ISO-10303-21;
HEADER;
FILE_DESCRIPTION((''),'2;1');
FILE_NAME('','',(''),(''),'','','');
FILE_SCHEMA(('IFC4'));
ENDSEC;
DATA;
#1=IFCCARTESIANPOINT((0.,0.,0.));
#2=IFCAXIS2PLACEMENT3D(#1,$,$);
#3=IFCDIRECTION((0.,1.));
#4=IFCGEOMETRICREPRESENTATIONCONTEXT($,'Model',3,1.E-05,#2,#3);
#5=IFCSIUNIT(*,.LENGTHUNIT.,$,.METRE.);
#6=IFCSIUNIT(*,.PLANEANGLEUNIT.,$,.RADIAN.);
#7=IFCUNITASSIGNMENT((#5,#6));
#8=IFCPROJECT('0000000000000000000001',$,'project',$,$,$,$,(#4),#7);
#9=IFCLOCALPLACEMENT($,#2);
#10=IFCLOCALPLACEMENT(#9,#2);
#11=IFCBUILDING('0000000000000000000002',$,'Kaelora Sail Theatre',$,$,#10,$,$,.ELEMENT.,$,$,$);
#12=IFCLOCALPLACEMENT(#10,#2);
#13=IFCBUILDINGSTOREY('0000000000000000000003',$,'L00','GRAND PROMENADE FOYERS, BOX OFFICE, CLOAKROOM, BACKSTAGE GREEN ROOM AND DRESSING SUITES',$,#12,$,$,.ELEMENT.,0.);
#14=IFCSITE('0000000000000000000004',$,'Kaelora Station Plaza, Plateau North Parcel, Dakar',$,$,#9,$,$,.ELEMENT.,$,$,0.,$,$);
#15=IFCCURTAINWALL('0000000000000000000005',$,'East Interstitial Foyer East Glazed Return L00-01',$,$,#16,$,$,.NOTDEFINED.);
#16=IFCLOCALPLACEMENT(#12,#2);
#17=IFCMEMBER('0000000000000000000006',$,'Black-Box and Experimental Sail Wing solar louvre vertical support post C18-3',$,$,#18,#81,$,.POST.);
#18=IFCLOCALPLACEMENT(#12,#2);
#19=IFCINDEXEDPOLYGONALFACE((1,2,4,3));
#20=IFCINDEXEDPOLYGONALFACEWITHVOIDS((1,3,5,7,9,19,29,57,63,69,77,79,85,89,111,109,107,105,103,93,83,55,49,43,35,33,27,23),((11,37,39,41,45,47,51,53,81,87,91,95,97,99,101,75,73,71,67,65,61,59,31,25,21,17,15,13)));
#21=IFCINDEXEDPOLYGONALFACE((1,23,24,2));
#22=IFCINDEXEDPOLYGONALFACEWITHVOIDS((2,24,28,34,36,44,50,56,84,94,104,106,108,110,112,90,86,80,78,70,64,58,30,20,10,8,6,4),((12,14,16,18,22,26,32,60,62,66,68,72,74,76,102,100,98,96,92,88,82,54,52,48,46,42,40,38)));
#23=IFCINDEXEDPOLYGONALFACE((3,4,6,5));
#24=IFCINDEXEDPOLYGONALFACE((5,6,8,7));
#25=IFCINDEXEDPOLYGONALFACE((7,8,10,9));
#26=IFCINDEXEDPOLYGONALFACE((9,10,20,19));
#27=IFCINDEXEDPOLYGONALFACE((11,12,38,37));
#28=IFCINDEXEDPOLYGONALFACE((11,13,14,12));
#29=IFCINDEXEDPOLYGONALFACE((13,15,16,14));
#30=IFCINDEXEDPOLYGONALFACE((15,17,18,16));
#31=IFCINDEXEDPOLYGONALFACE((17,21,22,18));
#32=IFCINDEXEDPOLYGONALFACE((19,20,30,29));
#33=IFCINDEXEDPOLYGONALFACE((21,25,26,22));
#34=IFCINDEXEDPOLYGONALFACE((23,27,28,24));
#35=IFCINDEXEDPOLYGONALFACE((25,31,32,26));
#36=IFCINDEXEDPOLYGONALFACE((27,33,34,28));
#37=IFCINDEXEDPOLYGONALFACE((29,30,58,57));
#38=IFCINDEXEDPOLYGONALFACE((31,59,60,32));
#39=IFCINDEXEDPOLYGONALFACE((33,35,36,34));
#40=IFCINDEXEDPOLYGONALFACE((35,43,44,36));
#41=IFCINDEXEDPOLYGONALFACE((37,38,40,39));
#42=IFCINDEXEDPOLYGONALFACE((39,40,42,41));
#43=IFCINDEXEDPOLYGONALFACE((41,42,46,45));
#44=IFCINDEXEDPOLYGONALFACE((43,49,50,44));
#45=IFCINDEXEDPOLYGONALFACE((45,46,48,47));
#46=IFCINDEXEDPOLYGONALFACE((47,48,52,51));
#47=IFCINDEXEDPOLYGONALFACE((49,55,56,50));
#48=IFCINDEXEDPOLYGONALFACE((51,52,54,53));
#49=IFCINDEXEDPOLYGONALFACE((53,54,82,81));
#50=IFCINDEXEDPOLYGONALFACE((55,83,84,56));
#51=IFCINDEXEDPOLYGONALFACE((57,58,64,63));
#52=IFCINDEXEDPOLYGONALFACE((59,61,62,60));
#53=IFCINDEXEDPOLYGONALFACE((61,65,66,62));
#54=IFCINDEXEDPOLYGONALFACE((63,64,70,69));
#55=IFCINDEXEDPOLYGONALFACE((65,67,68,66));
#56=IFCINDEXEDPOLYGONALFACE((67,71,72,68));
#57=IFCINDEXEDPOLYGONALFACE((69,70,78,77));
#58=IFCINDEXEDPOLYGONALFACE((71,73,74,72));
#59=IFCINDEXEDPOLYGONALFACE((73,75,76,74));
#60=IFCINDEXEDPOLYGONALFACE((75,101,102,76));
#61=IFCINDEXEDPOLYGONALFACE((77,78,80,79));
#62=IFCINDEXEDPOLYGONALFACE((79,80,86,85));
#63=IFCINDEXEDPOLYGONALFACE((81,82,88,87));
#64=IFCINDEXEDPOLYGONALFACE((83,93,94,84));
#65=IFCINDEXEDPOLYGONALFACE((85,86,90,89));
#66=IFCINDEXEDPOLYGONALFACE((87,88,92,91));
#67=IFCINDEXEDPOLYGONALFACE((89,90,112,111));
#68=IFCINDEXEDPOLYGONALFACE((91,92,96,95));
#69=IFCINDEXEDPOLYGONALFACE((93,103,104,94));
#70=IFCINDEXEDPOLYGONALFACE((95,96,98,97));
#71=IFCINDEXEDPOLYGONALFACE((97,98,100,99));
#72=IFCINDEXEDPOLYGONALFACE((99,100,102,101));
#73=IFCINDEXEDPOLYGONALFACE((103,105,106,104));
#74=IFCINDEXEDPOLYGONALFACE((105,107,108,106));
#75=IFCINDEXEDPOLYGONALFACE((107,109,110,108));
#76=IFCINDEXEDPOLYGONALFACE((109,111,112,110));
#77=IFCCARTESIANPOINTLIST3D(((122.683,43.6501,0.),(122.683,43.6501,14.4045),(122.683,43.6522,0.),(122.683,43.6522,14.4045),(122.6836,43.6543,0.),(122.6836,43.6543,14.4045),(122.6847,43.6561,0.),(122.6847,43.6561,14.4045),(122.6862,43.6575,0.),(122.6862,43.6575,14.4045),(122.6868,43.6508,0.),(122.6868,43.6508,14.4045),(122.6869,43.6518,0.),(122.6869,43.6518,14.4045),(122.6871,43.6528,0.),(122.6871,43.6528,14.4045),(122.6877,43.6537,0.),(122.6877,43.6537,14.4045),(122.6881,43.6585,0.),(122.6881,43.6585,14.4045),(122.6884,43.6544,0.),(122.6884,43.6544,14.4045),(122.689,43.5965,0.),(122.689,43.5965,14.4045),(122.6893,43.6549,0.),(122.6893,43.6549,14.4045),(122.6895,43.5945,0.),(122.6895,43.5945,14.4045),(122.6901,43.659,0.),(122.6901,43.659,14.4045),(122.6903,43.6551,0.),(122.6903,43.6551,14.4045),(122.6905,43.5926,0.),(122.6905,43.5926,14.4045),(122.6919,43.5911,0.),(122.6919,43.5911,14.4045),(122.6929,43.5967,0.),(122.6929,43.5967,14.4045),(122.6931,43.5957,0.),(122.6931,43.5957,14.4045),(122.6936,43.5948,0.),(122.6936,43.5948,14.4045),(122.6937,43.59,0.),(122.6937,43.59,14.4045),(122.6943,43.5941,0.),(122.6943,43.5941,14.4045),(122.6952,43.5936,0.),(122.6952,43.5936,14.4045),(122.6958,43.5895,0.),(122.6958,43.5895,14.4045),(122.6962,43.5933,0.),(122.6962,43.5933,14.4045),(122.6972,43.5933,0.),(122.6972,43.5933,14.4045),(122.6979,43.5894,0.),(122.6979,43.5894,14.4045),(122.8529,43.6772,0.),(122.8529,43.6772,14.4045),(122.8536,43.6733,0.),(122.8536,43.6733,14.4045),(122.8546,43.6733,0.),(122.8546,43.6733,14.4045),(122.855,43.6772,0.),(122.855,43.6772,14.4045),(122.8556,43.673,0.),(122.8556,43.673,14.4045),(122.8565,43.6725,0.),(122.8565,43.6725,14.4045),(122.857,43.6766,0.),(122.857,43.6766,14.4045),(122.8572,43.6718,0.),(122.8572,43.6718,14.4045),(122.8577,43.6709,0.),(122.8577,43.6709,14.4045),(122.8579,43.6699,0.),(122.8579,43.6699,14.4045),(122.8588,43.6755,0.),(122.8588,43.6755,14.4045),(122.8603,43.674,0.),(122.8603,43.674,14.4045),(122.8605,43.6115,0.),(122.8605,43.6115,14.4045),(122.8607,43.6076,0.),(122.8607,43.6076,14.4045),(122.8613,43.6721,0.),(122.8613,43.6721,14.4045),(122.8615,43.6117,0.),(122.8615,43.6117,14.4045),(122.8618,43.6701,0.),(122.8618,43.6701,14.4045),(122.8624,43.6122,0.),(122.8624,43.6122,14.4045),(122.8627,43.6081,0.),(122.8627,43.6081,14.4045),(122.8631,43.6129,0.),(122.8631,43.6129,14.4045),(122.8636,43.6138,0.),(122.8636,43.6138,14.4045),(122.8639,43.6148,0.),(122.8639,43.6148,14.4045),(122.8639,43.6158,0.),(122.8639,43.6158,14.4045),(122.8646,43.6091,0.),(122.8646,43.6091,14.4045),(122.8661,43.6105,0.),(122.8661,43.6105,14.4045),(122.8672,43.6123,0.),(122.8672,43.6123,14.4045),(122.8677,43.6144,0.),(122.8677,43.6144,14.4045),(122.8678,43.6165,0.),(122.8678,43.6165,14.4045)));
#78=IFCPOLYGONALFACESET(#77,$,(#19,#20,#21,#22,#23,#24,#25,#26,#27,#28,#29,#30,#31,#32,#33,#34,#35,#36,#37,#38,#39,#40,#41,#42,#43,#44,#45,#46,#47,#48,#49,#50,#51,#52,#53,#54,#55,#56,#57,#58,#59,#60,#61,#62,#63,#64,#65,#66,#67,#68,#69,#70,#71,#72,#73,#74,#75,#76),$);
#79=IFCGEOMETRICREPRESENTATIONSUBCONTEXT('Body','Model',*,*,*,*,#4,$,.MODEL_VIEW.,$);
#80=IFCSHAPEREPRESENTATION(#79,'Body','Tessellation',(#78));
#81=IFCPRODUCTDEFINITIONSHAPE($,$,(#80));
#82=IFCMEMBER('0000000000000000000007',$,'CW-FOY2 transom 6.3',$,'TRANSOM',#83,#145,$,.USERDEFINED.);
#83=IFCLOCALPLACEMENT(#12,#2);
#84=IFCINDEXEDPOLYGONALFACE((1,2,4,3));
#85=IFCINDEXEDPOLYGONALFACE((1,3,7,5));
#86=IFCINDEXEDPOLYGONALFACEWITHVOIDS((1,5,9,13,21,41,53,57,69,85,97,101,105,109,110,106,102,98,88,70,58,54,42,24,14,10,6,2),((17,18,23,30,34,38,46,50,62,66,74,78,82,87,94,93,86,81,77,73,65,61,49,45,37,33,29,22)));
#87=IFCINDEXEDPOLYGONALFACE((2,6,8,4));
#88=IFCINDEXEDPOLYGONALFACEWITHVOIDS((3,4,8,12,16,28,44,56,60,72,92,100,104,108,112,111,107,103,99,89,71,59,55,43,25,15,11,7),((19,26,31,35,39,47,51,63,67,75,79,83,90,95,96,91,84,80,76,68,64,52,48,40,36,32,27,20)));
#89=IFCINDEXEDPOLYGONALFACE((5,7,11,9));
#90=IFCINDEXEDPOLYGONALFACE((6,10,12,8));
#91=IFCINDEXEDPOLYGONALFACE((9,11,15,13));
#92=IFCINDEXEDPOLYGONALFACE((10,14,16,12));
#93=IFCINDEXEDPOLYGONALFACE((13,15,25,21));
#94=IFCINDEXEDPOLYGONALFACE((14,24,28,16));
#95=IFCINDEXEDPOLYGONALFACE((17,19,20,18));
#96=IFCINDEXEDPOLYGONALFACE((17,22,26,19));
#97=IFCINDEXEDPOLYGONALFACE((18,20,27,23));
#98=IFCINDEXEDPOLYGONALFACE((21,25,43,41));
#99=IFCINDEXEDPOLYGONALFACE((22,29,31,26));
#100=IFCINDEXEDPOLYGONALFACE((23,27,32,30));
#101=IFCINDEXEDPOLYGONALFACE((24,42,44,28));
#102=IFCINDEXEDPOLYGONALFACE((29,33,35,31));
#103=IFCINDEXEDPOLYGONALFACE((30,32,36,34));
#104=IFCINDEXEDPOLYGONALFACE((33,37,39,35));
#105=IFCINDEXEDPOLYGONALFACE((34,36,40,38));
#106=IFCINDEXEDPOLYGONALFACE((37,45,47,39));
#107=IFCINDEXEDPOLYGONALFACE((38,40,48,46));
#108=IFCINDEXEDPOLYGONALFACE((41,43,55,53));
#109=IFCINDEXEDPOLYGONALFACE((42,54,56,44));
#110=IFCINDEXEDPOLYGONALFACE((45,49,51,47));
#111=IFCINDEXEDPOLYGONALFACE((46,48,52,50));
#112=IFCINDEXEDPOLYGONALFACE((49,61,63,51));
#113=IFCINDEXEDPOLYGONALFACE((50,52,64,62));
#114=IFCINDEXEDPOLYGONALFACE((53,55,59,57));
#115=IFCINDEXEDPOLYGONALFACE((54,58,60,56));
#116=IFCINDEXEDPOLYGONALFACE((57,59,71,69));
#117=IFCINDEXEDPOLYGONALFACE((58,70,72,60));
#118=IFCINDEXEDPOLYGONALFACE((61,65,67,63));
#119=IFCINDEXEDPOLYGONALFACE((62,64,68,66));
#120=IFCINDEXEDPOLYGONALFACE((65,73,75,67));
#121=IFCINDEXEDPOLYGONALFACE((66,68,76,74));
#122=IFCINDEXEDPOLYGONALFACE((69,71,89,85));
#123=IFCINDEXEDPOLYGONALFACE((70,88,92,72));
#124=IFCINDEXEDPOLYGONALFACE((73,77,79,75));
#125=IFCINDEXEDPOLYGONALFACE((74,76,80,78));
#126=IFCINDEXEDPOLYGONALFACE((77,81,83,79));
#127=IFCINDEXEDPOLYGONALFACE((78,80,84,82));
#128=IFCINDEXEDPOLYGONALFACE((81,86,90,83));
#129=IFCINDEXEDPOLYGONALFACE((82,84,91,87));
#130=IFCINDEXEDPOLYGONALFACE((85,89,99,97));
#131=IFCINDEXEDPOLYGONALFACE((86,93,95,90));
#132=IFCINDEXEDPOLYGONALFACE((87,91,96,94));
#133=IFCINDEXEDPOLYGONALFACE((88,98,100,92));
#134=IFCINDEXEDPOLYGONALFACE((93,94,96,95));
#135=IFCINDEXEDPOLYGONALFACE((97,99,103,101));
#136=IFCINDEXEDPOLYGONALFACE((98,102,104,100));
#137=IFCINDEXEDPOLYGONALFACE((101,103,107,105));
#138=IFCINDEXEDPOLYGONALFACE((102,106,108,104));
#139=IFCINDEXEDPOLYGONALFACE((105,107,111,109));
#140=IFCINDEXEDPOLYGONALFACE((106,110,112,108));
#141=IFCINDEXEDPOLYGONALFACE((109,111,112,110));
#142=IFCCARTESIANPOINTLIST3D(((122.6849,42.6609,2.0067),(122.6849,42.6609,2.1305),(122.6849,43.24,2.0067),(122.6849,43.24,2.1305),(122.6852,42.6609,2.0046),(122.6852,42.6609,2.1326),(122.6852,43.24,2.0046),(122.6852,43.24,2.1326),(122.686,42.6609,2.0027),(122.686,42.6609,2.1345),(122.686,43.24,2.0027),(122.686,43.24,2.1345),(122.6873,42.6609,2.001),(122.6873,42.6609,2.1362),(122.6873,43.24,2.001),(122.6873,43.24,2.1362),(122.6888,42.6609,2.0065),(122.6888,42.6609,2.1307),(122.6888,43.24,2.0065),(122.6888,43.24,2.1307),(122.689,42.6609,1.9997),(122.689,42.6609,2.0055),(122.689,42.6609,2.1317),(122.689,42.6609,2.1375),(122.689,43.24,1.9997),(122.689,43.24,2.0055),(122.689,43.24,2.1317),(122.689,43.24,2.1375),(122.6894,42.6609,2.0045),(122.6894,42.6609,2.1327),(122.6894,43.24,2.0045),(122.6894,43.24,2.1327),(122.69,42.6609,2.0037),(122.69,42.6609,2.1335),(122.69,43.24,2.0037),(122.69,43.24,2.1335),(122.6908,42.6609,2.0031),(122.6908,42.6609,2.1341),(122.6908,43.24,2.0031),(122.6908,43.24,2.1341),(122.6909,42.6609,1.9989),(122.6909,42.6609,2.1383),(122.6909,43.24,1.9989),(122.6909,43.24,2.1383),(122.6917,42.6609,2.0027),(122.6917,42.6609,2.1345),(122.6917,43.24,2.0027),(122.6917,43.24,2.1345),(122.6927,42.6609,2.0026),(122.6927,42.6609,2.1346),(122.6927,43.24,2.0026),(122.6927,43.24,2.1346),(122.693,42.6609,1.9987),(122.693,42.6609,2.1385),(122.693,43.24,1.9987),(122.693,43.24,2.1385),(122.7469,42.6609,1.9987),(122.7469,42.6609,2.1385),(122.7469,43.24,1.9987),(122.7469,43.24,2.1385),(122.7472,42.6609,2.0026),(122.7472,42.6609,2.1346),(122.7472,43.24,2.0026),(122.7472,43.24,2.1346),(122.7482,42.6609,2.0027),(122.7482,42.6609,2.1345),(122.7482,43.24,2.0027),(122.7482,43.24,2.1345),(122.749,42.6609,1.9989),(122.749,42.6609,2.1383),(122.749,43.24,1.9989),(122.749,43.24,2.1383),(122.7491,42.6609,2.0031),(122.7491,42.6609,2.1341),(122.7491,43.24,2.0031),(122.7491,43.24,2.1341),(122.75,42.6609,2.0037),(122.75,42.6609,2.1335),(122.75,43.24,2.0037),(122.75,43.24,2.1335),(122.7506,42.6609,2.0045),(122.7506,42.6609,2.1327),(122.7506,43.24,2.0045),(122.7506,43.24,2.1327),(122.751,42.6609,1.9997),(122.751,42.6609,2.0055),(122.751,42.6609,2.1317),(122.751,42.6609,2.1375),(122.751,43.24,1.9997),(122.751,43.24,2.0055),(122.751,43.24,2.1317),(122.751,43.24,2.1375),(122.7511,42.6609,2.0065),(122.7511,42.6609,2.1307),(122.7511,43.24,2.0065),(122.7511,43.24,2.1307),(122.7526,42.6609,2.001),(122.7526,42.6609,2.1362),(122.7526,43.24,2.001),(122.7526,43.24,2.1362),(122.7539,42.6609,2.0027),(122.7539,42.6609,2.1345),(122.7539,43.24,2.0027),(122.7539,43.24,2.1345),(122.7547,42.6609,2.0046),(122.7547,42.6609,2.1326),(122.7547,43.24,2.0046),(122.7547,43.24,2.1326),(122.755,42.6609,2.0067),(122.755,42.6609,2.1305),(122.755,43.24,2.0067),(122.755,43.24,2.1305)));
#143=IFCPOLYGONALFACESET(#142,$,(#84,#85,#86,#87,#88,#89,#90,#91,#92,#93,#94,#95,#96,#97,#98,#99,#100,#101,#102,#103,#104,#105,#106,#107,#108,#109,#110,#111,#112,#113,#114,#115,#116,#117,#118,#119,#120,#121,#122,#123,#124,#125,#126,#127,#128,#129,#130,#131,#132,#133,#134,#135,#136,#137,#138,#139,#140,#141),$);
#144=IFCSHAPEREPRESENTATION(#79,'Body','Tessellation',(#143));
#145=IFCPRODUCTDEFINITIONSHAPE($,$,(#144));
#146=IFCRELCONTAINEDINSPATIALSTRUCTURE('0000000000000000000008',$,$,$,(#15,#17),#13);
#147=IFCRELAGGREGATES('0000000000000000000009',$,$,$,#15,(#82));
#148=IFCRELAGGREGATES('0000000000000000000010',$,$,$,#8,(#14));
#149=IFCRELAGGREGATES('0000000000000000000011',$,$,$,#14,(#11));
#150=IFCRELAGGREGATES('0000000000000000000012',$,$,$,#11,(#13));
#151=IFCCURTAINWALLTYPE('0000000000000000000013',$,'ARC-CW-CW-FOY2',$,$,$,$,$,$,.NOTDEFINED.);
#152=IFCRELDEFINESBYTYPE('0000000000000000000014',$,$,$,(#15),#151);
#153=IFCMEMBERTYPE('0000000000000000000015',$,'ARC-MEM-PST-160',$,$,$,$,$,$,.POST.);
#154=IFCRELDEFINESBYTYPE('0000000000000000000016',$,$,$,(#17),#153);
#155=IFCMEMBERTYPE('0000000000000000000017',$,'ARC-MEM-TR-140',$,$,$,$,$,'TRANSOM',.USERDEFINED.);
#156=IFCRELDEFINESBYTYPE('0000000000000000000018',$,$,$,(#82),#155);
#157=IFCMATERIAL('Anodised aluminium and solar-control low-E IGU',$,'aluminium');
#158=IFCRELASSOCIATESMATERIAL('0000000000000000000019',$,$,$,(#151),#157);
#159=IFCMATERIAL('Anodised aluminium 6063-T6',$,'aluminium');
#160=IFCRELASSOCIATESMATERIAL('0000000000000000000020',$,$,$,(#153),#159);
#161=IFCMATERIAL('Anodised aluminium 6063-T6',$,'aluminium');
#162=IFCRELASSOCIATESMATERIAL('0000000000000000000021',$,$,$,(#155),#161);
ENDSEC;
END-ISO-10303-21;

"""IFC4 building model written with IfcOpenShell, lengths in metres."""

from ifc_helpers import new_model, si_unit, direction, frame, origin, origin_2d, place, context, subcontext, project, spatial, hollow_rectangle, extrude, material, material_profile, profile_set, type_object, element, aggregate, save


model = new_model("IFC4")

# Units and contexts
model_context = context("Model", 3, precision=1e-05, world=origin(), true_north=direction((0.0, 1.0)))
body_context = subcontext(model_context, "Body", "Model", "MODEL_VIEW")
ifc_project = project(units=[si_unit("LENGTHUNIT", "METRE"), si_unit("PLANEANGLEUNIT", "RADIAN")], contexts=[model_context])

# Site, building, storey
site_placement = place(None, origin())
site = spatial("IfcSite", under=ifc_project, at=site_placement, Name="Kaelora Station Plaza, Plateau North Parcel, Dakar", CompositionType="ELEMENT", RefElevation=0.0)
building_placement = place(site_placement, origin())
building = spatial("IfcBuilding", under=site, at=building_placement, Name="Kaelora Sail Theatre", CompositionType="ELEMENT")
storey_placement = place(building_placement, origin())
storey = spatial("IfcBuildingStorey", under=building, at=storey_placement, Name="L00", Description="GRAND PROMENADE FOYERS, BOX OFFICE, CLOAKROOM, BACKSTAGE GREEN ROOM AND DRESSING SUITES", CompositionType="ELEMENT", Elevation=0.0)

# Curtain wall
ifc_material_1 = material(Name="Anodised aluminium and solar-control low-E IGU", Category="aluminium")
curtain_wall_type = type_object("IfcCurtainWallType", Name="ARC-CW-CW-FOY2", PredefinedType="NOTDEFINED", material=ifc_material_1)
curtain_wall_1_placement = place(storey_placement, origin())
curtain_wall_1 = element("IfcCurtainWall", 1, at=curtain_wall_1_placement, inside=storey, type_object=curtain_wall_type, Name="East Interstitial Foyer East Glazed Return L00-01", PredefinedType="NOTDEFINED")

# Members
ifc_material_2 = material(Name="Anodised aluminium 6063-T6", Category="aluminium")
ifc_material_profile_1 = material_profile(ifc_material_2, hollow_rectangle(XDim=0.0701, YDim=0.1799, WallThickness=0.0039, InnerFilletRadius=0.0039, OuterFilletRadius=0.0081, at=origin_2d()), Name="ALU-MULL 70x180x4")
ifc_profile_set_1 = profile_set([ifc_material_profile_1], Name="Anodised aluminium 6063-T6")
member_type_1 = type_object("IfcMemberType", Name="ARC-MEM-PST-160", PredefinedType="POST", material=ifc_profile_set_1)
member_1_placement = place(storey_placement, frame((122.7754, 43.6333, 0.0), z_axis=(0.0, 0.0, 1.0), x_axis=(-0.110775, 0.993845, 0.0)))
element("IfcMember", 2, at=member_1_placement, inside=storey, type_object=member_type_1, Name="Black-Box and Experimental Sail Wing solar louvre vertical support post C18-3", PredefinedType="POST", context=body_context, shape_type="SweptSolid", body=[
    extrude(hollow_rectangle(XDim=0.0701, YDim=0.1799, WallThickness=0.0039, InnerFilletRadius=0.0039, OuterFilletRadius=0.0081, at=origin_2d()), origin(), (0.0, 0.0, 1.0), 14.4045),
])
ifc_material_3 = material(Name="Anodised aluminium 6063-T6", Category="aluminium")
ifc_material_profile_2 = material_profile(ifc_material_3, hollow_rectangle(XDim=0.0701, YDim=0.1399, WallThickness=0.0039, InnerFilletRadius=0.0039, OuterFilletRadius=0.0081, at=origin_2d()), Name="ALU-TRAN 70x140x4")
ifc_profile_set_2 = profile_set([ifc_material_profile_2], Name="Anodised aluminium 6063-T6")
member_type_2 = type_object("IfcMemberType", Name="ARC-MEM-TR-140", ElementType="TRANSOM", PredefinedType="USERDEFINED", material=ifc_profile_set_2)
member_2_placement = place(storey_placement, frame((122.72, 42.6609, 2.0686), z_axis=(0.0, 1.0, 0.0), x_axis=(-1.0, 0.0, 0.0)))
member_2 = element("IfcMember", 3, at=member_2_placement, type_object=member_type_2, Name="CW-FOY2 transom 6.3", ObjectType="TRANSOM", PredefinedType="USERDEFINED", context=body_context, shape_type="SweptSolid", body=[
    extrude(hollow_rectangle(XDim=0.0701, YDim=0.1399, WallThickness=0.0039, InnerFilletRadius=0.0039, OuterFilletRadius=0.0081, at=origin_2d()), origin(), (0.0, 0.0, 1.0), 0.5791),
])

aggregate(curtain_wall_1, [member_2])

save(model, "model.ifc")
